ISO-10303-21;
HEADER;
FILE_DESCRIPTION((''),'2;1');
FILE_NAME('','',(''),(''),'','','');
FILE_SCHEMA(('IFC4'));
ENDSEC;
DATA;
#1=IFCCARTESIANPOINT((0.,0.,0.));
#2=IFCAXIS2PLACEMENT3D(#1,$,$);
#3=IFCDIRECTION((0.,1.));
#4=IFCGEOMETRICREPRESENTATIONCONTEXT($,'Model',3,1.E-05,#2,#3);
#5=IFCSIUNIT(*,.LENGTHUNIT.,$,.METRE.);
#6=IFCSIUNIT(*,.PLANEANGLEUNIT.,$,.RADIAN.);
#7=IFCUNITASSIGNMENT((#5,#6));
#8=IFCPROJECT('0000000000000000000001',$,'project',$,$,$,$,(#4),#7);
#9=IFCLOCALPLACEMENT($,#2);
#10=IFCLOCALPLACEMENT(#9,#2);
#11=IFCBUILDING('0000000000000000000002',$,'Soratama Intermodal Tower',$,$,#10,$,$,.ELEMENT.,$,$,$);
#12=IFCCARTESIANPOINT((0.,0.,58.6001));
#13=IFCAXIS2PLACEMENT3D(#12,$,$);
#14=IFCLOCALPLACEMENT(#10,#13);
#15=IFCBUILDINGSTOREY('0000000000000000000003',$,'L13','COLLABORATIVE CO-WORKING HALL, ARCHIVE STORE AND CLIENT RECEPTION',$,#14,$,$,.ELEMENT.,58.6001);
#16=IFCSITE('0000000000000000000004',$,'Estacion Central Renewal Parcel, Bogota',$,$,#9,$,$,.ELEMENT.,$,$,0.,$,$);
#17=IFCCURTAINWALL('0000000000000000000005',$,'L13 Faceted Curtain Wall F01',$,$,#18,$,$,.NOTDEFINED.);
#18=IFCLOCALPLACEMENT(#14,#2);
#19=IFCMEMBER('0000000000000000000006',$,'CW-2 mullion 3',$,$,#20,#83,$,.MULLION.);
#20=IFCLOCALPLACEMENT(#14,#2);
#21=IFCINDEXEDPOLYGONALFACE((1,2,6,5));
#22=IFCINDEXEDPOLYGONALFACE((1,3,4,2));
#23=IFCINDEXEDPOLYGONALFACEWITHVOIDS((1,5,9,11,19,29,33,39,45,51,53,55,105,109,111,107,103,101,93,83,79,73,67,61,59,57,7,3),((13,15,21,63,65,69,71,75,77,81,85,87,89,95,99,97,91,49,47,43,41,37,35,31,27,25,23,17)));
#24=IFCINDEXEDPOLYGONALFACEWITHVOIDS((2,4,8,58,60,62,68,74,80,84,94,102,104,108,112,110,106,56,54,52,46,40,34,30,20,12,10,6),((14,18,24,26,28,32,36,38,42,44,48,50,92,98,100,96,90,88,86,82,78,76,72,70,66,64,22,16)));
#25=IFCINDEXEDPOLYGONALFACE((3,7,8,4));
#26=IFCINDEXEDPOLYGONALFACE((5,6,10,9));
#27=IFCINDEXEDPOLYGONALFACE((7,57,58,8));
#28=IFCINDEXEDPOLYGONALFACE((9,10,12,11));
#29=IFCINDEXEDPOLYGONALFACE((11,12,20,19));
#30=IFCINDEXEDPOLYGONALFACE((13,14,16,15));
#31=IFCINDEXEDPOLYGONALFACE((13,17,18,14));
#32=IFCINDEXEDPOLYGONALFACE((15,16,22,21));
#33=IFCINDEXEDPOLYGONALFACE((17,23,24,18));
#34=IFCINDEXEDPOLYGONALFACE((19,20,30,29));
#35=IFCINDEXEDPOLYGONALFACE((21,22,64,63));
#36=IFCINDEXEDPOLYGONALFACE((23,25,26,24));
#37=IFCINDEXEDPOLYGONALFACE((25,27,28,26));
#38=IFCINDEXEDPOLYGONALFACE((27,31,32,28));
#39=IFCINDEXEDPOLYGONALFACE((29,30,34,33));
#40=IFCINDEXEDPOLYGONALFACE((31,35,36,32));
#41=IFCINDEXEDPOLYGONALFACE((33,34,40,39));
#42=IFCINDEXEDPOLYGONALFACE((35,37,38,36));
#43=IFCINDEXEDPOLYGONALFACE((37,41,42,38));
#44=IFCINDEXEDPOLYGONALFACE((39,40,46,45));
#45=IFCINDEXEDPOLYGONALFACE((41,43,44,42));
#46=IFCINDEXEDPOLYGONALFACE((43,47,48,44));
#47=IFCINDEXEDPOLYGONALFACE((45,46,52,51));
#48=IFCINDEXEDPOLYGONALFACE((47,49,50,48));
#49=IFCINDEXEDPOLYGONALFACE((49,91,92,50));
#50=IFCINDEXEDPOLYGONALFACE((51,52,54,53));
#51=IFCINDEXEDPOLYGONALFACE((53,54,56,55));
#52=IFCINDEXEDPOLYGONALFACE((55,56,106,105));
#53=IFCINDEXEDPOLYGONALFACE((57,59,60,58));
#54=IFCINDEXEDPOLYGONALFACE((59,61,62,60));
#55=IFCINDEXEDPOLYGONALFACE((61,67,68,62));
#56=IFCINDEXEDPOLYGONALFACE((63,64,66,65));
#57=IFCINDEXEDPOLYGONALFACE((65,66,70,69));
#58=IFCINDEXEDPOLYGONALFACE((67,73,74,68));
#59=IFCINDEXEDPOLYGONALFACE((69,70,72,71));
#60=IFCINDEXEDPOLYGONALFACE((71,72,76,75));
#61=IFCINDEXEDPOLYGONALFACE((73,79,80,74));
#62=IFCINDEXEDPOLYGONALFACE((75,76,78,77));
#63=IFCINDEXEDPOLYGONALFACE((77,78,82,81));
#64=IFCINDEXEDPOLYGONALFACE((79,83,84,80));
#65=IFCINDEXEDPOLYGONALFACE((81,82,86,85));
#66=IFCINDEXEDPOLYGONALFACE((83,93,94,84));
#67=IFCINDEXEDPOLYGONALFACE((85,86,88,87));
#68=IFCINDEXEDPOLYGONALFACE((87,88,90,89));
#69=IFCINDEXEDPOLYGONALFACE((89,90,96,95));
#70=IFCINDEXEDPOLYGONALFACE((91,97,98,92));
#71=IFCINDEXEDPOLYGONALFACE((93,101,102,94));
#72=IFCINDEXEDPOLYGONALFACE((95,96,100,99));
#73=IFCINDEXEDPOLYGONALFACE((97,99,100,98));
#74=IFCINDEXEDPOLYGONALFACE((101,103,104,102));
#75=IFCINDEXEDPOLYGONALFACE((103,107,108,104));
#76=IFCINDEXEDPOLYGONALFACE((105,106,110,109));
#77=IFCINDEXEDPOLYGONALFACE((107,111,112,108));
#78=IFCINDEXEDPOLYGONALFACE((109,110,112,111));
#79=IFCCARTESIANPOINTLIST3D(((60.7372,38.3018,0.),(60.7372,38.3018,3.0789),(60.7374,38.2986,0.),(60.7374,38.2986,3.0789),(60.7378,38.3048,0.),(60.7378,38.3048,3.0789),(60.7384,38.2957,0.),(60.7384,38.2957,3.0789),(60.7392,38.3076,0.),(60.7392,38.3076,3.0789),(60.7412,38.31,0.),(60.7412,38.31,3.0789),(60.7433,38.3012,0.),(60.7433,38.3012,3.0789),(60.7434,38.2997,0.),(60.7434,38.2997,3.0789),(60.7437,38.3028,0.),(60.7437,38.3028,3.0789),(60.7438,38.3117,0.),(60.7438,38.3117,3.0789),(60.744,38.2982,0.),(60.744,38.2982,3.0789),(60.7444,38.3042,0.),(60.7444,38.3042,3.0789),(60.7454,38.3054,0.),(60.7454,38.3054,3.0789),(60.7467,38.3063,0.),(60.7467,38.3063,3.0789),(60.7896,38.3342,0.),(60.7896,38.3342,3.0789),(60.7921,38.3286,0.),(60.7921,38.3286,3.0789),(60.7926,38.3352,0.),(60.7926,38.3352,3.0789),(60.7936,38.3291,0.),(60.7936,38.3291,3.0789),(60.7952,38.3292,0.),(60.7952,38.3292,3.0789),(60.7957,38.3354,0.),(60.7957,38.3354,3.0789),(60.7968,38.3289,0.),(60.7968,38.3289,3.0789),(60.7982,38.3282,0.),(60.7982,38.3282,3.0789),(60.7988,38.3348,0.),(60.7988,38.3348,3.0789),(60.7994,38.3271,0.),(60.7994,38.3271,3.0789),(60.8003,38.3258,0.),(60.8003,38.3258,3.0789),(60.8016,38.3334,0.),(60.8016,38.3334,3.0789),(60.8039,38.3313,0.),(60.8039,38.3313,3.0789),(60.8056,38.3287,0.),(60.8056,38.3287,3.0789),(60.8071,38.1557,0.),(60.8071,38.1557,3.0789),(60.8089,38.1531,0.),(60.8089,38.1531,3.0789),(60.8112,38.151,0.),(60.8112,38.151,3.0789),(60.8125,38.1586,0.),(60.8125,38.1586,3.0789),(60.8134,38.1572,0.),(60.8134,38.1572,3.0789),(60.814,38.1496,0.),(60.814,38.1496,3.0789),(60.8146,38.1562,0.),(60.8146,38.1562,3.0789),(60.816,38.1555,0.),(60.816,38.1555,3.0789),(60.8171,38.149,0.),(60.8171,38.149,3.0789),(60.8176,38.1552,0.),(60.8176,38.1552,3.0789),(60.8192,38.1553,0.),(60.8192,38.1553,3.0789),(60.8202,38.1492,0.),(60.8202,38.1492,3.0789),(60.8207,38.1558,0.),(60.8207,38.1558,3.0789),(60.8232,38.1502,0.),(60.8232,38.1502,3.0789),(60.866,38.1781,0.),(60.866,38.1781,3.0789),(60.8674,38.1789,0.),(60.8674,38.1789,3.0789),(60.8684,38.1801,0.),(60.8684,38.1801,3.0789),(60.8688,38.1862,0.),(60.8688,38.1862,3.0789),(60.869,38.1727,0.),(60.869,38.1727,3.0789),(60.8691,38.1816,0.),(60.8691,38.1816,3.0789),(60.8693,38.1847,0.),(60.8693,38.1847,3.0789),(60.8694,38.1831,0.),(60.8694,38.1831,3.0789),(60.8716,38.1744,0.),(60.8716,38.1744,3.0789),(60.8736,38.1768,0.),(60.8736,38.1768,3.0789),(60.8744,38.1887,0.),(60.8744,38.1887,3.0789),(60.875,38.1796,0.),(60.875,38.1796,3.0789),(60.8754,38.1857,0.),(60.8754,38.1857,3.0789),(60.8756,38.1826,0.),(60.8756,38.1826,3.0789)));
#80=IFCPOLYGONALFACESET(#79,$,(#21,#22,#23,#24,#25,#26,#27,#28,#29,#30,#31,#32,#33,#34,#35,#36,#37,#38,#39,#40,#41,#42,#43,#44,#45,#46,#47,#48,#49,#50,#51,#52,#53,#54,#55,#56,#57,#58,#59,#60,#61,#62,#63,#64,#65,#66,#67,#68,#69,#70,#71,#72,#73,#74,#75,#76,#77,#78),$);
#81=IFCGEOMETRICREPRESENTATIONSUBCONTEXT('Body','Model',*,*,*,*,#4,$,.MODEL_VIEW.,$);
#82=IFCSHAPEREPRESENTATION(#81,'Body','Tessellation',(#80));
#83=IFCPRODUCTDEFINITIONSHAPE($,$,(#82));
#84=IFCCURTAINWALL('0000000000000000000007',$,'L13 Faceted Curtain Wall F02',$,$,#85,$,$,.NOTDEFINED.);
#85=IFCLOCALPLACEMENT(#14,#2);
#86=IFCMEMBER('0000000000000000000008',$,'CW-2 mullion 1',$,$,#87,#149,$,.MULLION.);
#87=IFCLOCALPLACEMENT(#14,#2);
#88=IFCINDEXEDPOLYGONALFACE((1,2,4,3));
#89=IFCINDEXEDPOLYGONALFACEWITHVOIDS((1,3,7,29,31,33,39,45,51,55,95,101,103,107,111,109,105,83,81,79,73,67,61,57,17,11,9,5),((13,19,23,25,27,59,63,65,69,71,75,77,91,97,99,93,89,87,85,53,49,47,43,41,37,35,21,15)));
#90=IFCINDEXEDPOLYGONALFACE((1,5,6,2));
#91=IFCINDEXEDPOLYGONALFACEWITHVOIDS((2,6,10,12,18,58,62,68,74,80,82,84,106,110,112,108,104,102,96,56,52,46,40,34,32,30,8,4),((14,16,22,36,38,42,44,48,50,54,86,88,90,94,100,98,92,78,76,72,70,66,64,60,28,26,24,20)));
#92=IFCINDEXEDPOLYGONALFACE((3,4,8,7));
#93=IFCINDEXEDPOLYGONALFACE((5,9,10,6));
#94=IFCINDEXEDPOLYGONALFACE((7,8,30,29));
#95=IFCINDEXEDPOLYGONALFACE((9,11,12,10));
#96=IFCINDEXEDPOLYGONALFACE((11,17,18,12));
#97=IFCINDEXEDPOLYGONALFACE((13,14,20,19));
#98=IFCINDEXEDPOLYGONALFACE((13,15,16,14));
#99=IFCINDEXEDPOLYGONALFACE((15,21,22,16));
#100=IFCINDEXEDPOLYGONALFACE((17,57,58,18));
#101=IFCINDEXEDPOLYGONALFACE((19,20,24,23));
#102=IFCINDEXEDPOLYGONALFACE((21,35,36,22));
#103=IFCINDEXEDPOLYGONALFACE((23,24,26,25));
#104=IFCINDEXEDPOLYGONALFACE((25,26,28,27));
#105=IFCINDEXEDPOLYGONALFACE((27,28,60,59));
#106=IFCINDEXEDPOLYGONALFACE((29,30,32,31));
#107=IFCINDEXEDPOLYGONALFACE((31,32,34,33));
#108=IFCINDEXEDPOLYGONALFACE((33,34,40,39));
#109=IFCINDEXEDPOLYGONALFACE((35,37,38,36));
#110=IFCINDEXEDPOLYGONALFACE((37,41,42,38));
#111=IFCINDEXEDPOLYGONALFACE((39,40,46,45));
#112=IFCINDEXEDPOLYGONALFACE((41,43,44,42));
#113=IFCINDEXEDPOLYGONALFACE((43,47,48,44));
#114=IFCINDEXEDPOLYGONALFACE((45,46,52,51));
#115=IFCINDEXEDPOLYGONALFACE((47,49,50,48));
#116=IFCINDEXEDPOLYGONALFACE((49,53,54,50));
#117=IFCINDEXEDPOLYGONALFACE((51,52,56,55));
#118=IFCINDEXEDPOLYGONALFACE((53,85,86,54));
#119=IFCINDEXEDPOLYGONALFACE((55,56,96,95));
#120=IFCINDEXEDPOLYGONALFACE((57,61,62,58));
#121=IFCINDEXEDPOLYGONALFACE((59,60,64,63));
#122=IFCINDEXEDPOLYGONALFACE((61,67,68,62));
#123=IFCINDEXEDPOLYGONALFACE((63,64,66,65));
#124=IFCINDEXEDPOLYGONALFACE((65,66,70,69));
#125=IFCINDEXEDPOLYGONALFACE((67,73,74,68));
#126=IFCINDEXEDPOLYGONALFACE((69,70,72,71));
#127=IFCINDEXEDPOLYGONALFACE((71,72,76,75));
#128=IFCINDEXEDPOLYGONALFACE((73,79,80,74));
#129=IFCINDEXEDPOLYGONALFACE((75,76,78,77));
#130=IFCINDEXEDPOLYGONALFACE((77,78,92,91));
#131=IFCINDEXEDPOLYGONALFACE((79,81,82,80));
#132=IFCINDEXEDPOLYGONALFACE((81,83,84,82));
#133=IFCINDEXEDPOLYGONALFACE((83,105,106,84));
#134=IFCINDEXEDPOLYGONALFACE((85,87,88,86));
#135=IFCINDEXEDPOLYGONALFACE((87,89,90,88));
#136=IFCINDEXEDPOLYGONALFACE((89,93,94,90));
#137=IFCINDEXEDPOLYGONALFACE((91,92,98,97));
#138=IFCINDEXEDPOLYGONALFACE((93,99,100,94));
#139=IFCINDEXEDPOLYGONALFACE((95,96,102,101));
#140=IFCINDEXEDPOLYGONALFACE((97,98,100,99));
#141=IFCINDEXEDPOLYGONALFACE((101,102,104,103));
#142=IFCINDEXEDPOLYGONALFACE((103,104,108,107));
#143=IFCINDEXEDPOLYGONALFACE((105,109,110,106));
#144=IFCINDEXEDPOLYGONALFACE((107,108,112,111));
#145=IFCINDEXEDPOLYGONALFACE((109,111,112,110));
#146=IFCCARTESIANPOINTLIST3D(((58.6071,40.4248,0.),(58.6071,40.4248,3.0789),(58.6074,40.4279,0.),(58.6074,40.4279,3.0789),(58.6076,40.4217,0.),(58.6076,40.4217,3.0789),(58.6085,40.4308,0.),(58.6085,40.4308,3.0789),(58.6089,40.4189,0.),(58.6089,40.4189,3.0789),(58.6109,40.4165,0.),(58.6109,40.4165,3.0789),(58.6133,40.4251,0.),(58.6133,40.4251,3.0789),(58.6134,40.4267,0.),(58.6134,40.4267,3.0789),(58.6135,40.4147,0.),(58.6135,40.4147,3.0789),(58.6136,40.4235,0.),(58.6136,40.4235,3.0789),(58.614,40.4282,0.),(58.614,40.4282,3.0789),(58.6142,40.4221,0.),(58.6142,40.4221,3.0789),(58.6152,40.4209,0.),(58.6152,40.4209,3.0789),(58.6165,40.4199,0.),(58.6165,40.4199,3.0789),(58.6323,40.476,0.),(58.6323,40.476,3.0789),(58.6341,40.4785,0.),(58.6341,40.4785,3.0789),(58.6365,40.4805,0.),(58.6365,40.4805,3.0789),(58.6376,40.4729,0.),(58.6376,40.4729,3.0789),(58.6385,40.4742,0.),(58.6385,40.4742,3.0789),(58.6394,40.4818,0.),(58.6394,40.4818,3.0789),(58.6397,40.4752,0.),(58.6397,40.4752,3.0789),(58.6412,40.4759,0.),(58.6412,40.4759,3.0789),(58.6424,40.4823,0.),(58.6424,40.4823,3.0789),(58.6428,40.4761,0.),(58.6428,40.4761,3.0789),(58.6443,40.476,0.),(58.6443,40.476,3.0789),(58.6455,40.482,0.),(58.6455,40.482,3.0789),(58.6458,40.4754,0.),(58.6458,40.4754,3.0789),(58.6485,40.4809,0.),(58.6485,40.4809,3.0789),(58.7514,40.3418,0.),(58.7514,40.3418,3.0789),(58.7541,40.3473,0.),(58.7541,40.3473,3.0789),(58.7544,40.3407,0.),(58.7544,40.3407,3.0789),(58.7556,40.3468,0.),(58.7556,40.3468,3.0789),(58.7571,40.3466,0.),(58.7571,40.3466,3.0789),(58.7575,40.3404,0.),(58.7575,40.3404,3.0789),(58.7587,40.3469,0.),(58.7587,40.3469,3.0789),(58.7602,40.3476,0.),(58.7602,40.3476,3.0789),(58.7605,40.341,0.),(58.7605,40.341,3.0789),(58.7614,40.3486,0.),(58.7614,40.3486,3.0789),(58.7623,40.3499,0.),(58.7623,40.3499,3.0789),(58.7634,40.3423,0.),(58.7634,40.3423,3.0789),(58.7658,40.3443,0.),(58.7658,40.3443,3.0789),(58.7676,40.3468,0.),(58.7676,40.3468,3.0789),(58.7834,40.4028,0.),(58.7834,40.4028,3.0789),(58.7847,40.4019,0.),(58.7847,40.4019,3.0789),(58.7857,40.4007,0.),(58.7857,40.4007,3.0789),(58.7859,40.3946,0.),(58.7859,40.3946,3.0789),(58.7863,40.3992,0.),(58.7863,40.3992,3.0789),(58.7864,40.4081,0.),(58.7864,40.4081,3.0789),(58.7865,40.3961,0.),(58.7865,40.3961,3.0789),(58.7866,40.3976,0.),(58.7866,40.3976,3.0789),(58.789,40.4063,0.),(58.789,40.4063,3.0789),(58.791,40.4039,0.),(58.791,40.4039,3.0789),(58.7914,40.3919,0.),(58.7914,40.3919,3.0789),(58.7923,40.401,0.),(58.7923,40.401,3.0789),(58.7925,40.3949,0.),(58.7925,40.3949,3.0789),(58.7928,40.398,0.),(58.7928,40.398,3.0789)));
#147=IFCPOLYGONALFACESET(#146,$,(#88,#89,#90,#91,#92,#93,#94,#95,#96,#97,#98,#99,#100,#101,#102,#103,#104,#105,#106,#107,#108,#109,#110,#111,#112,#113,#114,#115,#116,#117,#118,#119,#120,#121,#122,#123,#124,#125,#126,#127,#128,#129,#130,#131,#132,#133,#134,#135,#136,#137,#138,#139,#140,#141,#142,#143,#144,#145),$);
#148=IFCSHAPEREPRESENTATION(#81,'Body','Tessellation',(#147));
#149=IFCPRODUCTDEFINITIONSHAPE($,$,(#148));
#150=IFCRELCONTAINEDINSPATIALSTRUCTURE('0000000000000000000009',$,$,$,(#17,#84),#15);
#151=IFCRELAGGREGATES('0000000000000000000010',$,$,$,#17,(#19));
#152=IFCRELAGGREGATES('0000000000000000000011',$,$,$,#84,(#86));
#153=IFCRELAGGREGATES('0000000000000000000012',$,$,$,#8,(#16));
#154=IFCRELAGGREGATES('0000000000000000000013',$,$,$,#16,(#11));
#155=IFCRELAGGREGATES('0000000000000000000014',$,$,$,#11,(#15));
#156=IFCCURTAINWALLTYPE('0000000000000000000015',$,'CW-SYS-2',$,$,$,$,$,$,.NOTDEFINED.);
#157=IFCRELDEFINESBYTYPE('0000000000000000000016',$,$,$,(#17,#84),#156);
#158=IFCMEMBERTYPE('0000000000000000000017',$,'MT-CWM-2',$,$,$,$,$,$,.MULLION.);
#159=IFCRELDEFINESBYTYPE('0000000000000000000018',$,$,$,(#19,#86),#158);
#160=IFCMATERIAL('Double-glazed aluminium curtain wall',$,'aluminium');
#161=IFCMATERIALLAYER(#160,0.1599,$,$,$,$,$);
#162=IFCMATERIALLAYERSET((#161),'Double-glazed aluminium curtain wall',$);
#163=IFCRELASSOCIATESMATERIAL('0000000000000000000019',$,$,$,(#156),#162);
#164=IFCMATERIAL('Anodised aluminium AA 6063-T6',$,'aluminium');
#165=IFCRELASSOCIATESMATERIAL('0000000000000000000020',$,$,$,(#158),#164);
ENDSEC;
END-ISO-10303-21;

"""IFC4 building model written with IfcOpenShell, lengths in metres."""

from ifc_helpers import new_model, si_unit, direction, frame, origin, origin_2d, place, context, subcontext, project, spatial, hollow_rectangle, extrude, material, layer, layer_set, material_profile, profile_set, type_object, element, aggregate, save


model = new_model("IFC4")

# Units and contexts
model_context = context("Model", 3, precision=1e-05, world=origin(), true_north=direction((0.0, 1.0)))
body_context = subcontext(model_context, "Body", "Model", "MODEL_VIEW")
ifc_project = project(units=[si_unit("LENGTHUNIT", "METRE"), si_unit("PLANEANGLEUNIT", "RADIAN")], contexts=[model_context])

# Site, building, storey
site_placement = place(None, origin())
site = spatial("IfcSite", under=ifc_project, at=site_placement, Name="Estacion Central Renewal Parcel, Bogota", CompositionType="ELEMENT", RefElevation=0.0)
building_placement = place(site_placement, origin())
building = spatial("IfcBuilding", under=site, at=building_placement, Name="Soratama Intermodal Tower", CompositionType="ELEMENT")
storey_placement = place(building_placement, frame((0.0, 0.0, 58.6001)))
storey = spatial("IfcBuildingStorey", under=building, at=storey_placement, Name="L13", Description="COLLABORATIVE CO-WORKING HALL, ARCHIVE STORE AND CLIENT RECEPTION", CompositionType="ELEMENT", Elevation=58.6001)

# Curtain wall, member
ifc_material_1 = material(Name="Double-glazed aluminium curtain wall", Category="aluminium")
ifc_layer_1 = layer(ifc_material_1, 0.1599)
ifc_layer_set_1 = layer_set([ifc_layer_1], Name="Double-glazed aluminium curtain wall")
curtain_wall_type = type_object("IfcCurtainWallType", Name="CW-SYS-2", PredefinedType="NOTDEFINED", material=ifc_layer_set_1)
curtain_wall_1_placement = place(storey_placement, origin())
curtain_wall_1 = element("IfcCurtainWall", 1, at=curtain_wall_1_placement, inside=storey, type_object=curtain_wall_type, Name="L13 Faceted Curtain Wall F01", PredefinedType="NOTDEFINED")
ifc_material_2 = material(Name="Anodised aluminium AA 6063-T6", Category="aluminium")
ifc_material_profile_1 = material_profile(ifc_material_2, hollow_rectangle(XDim=0.075, YDim=0.1799, WallThickness=0.0061, InnerFilletRadius=0.0061, OuterFilletRadius=0.012, at=origin_2d()), Name="CWM180X75X6")
ifc_profile_set_1 = profile_set([ifc_material_profile_1], Name="Anodised aluminium AA 6063-T6")
member_type_1 = type_object("IfcMemberType", Name="MT-CWM-2", PredefinedType="MULLION", material=ifc_profile_set_1)
member_1_placement = place(storey_placement, frame((60.8064, 38.2422, 0.0), z_axis=(0.0, 0.0, 1.0), x_axis=(-0.897568, -0.440875, 0.0)))
member_1 = element("IfcMember", 2, at=member_1_placement, type_object=member_type_1, Name="CW-2 mullion 3", PredefinedType="MULLION", context=body_context, shape_type="SweptSolid", body=[
    extrude(hollow_rectangle(XDim=0.075, YDim=0.1799, WallThickness=0.0061, InnerFilletRadius=0.0061, OuterFilletRadius=0.012, at=origin_2d()), origin(), (0.0, 0.0, 1.0), 3.0789),
])

# Curtain wall, member
curtain_wall_2_placement = place(storey_placement, origin())
curtain_wall_2 = element("IfcCurtainWall", 3, at=curtain_wall_2_placement, inside=storey, type_object=curtain_wall_type, Name="L13 Faceted Curtain Wall F02", PredefinedType="NOTDEFINED")
member_2_placement = place(storey_placement, frame((58.7, 40.4114, 0.0), z_axis=(0.0, 0.0, 1.0), x_axis=(-0.467001, -0.884257, 0.0)))
member_2 = element("IfcMember", 4, at=member_2_placement, type_object=member_type_1, Name="CW-2 mullion 1", PredefinedType="MULLION", context=body_context, shape_type="SweptSolid", body=[
    extrude(hollow_rectangle(XDim=0.075, YDim=0.1799, WallThickness=0.0061, InnerFilletRadius=0.0061, OuterFilletRadius=0.012, at=origin_2d()), origin(), (0.0, 0.0, 1.0), 3.0789),
])

aggregate(curtain_wall_1, [member_1])
aggregate(curtain_wall_2, [member_2])

save(model, "model.ifc")
